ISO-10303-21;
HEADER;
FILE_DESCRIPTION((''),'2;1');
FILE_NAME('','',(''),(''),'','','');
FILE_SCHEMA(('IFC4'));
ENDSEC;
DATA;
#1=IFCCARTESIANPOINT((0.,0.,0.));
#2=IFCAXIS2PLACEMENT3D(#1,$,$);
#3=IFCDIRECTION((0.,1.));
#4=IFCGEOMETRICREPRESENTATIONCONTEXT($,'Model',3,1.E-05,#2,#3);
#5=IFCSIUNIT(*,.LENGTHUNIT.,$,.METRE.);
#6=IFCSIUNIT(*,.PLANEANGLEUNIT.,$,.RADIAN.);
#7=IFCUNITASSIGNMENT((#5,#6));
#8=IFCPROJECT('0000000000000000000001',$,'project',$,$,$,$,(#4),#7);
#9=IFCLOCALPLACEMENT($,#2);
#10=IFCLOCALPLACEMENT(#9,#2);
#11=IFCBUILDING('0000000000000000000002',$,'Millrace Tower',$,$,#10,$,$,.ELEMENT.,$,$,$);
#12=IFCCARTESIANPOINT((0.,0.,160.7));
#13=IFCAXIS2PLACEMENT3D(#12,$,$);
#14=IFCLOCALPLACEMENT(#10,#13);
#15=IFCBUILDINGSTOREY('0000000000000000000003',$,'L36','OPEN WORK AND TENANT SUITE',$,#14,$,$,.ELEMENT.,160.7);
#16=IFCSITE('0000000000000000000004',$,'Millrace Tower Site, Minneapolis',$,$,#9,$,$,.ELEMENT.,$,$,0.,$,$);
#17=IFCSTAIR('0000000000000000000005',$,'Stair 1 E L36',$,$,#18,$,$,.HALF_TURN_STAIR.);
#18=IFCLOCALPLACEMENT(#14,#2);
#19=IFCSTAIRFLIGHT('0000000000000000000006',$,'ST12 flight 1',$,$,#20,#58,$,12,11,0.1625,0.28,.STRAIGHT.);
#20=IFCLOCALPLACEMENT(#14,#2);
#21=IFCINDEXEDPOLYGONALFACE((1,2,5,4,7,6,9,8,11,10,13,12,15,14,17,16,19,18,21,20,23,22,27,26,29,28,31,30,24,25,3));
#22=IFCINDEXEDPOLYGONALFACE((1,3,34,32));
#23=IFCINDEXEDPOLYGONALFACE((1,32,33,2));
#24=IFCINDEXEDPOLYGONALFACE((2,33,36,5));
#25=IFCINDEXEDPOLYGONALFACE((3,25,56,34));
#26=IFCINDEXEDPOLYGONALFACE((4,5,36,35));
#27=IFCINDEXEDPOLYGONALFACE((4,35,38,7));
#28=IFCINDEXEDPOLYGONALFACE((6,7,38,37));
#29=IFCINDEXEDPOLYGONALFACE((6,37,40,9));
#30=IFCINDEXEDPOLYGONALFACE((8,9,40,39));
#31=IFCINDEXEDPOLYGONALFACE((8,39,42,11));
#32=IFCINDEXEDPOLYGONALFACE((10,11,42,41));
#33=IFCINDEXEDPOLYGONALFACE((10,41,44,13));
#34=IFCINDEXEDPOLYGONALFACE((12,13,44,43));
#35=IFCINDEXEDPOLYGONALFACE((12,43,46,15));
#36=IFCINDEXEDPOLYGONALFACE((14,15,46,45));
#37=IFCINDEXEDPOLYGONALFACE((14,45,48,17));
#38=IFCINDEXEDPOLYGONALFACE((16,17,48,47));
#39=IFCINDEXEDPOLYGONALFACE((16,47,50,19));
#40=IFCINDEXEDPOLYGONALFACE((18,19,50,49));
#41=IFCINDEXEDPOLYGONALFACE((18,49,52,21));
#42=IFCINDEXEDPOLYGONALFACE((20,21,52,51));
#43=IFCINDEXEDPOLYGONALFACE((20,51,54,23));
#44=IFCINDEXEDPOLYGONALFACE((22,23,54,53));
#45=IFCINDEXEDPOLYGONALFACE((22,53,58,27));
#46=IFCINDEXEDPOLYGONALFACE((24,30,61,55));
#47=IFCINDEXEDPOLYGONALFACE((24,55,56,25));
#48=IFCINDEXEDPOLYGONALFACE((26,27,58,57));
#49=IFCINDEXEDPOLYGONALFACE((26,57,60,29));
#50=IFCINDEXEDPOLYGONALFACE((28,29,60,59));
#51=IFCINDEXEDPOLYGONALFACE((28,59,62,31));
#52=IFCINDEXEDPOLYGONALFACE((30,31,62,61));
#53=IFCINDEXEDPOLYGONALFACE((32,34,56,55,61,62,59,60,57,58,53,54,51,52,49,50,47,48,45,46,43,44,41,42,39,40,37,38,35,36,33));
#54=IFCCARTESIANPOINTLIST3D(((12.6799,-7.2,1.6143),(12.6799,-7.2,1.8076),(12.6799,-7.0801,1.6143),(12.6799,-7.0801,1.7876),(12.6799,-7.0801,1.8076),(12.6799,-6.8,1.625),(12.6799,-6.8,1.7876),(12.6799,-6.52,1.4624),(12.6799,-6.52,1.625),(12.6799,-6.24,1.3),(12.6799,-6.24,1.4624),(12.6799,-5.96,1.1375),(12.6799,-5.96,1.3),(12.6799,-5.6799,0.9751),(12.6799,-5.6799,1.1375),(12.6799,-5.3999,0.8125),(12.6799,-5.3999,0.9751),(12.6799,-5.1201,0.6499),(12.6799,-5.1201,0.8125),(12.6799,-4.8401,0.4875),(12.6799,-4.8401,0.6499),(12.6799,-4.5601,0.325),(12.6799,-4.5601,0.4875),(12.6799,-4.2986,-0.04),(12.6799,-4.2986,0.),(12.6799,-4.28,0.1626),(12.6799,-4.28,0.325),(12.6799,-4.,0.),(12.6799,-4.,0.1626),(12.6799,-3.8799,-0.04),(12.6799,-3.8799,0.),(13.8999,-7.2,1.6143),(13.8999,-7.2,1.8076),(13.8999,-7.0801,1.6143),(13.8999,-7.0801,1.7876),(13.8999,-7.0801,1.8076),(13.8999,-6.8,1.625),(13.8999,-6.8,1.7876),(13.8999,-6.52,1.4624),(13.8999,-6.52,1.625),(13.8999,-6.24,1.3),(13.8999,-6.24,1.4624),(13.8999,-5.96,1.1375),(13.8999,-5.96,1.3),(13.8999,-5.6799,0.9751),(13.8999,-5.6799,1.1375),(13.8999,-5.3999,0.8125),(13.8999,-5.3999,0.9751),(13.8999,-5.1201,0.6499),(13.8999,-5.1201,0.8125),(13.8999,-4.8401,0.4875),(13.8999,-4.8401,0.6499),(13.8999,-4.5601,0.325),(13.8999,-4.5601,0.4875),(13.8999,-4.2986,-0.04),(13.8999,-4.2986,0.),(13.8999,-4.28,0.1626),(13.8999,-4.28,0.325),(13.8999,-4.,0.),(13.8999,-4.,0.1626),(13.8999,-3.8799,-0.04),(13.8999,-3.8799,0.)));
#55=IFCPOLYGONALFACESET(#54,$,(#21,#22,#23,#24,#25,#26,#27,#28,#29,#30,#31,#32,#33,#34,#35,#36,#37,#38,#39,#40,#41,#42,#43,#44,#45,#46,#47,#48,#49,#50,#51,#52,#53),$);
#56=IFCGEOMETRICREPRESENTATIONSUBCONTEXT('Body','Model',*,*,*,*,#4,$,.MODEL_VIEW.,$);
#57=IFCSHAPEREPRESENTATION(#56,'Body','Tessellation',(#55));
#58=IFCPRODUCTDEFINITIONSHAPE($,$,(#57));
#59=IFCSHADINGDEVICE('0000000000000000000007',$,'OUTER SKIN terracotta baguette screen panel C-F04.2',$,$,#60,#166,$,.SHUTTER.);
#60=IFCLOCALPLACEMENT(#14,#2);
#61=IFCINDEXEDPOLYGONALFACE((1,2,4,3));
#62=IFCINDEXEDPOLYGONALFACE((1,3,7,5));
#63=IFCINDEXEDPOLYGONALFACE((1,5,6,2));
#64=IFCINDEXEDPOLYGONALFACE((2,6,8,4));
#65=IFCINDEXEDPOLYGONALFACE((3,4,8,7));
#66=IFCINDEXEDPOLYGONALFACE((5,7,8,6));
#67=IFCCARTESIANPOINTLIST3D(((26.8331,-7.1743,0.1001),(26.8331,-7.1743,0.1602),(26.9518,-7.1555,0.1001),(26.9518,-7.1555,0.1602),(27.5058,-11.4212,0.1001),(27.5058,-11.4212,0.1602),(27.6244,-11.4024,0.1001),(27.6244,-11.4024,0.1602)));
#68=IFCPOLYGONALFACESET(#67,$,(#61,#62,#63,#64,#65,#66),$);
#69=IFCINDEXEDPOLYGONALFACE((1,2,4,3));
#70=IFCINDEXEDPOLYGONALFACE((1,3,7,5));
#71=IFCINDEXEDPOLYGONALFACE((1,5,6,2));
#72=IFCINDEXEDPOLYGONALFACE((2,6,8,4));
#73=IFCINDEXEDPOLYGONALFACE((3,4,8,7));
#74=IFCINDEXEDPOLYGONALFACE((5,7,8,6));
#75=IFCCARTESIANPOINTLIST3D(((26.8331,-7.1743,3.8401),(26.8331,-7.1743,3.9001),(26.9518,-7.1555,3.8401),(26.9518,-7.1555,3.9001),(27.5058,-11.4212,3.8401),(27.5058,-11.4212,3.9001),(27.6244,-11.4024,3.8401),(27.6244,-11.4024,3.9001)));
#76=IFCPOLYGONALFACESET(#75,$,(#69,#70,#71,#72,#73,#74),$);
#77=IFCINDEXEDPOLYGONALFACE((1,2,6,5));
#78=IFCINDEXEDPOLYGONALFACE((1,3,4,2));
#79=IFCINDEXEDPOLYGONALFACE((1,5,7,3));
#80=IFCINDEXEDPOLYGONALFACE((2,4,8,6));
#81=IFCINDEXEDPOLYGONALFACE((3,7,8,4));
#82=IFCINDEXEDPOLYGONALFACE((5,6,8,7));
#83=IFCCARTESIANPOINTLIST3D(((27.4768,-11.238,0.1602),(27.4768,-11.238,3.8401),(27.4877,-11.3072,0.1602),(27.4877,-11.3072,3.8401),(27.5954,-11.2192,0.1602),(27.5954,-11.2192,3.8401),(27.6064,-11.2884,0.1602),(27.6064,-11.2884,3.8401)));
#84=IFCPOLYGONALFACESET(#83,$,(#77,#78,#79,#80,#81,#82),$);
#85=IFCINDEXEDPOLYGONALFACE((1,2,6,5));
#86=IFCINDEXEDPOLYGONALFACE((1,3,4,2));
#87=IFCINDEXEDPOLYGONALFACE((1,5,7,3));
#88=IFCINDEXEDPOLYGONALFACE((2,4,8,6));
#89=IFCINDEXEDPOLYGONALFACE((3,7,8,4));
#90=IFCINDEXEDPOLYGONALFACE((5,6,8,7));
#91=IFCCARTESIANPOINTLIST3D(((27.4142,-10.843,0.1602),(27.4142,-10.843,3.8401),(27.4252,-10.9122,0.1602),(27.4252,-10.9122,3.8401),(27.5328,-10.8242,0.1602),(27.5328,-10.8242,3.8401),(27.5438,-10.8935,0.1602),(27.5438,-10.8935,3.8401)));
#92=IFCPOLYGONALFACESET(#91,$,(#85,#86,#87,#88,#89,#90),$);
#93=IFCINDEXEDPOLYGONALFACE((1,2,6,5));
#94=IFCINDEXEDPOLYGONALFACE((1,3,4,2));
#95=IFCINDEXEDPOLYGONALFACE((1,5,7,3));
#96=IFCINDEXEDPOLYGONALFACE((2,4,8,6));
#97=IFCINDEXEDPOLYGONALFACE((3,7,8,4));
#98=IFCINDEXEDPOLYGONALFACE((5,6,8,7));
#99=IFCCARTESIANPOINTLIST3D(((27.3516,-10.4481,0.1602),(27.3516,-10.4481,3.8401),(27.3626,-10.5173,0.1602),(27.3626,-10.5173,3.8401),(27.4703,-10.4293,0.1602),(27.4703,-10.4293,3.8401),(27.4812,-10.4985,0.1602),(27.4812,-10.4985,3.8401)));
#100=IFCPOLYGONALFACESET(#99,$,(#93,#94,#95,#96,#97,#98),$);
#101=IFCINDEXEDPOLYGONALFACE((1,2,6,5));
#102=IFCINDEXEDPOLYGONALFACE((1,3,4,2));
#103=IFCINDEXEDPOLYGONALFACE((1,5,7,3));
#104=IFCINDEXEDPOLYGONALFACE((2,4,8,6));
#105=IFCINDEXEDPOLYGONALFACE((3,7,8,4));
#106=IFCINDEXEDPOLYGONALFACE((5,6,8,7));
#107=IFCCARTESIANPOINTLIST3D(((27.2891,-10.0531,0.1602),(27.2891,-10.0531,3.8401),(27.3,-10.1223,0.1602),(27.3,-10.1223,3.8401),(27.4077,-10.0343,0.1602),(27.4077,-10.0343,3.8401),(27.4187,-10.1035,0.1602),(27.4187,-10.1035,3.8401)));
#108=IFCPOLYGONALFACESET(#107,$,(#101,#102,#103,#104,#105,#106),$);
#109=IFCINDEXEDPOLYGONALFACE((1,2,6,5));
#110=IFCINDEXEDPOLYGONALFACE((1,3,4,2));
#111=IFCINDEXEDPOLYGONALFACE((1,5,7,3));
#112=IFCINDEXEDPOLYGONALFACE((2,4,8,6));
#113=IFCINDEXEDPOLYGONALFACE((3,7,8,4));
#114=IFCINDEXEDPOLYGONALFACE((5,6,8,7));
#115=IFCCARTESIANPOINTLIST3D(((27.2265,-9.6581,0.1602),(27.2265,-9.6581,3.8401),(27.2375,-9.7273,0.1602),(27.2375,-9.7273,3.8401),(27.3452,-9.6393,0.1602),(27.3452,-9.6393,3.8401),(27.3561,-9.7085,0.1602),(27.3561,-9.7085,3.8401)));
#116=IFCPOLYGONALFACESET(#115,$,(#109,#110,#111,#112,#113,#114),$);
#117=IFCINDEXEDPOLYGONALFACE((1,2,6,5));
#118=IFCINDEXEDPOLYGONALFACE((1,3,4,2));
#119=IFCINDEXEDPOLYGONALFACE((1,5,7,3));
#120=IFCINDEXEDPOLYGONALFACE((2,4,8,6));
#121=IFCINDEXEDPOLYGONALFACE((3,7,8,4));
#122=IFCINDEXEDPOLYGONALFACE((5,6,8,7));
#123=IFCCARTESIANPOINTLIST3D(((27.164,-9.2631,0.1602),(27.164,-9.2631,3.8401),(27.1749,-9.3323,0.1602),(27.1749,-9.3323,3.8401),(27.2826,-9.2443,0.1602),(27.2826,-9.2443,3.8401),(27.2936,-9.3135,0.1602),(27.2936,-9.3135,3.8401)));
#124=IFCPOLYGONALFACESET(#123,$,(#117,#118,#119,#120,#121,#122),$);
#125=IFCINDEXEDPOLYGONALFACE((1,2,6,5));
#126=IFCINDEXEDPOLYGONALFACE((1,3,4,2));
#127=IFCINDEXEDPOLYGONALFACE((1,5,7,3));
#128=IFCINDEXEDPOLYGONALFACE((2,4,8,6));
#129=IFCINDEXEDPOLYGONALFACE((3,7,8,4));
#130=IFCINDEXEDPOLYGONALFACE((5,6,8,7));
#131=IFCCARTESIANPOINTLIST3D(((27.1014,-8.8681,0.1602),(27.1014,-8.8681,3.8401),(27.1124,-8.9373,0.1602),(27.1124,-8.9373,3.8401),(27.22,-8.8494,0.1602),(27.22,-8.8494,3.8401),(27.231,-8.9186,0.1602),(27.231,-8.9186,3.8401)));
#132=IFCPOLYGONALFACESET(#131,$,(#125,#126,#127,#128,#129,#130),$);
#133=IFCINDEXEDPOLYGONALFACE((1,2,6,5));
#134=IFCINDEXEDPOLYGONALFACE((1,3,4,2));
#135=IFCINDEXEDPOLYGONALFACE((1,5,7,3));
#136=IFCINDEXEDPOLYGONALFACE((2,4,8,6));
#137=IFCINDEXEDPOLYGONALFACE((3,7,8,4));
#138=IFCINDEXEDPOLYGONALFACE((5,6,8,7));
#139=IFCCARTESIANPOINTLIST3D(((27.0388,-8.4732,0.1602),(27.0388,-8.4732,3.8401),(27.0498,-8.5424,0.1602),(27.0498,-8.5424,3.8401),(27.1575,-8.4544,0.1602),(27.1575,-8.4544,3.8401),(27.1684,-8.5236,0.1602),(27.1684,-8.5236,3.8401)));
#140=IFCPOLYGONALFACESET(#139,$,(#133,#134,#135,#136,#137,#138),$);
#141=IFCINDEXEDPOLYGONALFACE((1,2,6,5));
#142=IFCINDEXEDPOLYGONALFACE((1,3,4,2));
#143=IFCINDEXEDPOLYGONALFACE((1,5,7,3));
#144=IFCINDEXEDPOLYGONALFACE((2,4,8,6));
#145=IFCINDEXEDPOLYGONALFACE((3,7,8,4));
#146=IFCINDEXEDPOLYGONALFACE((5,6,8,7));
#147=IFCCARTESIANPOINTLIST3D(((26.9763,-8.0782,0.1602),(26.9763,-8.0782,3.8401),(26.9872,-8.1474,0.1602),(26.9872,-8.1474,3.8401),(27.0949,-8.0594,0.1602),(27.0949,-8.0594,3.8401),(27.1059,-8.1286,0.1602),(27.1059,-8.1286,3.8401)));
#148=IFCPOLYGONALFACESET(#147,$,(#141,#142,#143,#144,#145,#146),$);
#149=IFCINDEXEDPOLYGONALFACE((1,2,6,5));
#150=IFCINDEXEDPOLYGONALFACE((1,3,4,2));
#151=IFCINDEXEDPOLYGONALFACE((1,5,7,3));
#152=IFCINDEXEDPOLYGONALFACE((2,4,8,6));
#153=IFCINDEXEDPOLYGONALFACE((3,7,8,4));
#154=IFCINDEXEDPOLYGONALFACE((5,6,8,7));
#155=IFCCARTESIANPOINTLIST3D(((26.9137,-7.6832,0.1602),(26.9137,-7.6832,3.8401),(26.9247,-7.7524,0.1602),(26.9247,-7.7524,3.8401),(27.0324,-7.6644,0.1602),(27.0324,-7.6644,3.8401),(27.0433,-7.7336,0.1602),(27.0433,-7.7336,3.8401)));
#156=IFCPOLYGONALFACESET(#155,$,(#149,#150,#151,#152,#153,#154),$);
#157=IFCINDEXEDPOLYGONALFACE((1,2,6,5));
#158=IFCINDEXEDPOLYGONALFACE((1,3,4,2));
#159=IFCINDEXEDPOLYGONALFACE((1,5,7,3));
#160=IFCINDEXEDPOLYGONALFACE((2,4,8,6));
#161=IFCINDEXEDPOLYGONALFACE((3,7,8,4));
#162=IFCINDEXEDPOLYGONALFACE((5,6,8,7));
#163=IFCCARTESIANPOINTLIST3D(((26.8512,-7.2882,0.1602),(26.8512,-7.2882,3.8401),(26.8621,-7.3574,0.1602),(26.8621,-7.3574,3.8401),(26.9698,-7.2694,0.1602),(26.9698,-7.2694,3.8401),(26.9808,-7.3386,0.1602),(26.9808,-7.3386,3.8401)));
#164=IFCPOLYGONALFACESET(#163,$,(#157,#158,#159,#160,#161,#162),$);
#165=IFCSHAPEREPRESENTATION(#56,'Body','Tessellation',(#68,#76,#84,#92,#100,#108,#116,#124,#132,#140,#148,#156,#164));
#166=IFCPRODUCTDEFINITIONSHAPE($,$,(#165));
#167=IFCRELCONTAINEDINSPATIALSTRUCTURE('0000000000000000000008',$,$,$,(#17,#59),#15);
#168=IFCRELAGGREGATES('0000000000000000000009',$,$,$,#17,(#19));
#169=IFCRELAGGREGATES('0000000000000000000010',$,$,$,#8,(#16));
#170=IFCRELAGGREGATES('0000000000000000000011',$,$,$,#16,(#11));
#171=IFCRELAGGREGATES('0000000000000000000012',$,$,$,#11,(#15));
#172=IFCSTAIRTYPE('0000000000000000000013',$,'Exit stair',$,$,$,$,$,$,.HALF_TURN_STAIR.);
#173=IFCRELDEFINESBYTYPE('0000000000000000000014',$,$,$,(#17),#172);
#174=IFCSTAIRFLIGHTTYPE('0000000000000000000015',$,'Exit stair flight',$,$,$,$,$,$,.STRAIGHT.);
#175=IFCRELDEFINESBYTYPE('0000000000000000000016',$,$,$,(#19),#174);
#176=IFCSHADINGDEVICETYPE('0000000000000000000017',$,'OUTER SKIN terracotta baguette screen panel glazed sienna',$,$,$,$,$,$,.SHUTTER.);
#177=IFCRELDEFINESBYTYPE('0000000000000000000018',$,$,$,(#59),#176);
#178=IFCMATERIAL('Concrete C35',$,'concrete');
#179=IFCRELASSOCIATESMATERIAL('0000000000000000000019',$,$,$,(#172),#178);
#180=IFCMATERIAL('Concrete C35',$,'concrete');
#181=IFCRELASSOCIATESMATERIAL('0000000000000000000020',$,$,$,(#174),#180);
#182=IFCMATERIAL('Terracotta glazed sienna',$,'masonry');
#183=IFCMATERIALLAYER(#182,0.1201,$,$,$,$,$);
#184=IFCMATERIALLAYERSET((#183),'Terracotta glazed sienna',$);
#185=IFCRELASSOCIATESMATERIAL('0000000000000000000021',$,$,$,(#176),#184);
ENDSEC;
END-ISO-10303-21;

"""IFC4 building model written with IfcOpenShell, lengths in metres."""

from ifc_helpers import new_model, entity, si_unit, direction, frame, frame_2d, origin, origin_2d, place, context, subcontext, project, spatial, polyline, rectangle, outline, extrude, source, transform, mapped, material, layer, layer_set, type_object, element, aggregate, save


model = new_model("IFC4")

# Units and contexts
model_context = context("Model", 3, precision=1e-05, world=origin(), true_north=direction((0.0, 1.0)))
body_context = subcontext(model_context, "Body", "Model", "MODEL_VIEW")
ifc_project = project(units=[si_unit("LENGTHUNIT", "METRE"), si_unit("PLANEANGLEUNIT", "RADIAN")], contexts=[model_context])

# Site, building, storey
site_placement = place(None, origin())
site = spatial("IfcSite", under=ifc_project, at=site_placement, Name="Millrace Tower Site, Minneapolis", CompositionType="ELEMENT", RefElevation=0.0)
building_placement = place(site_placement, origin())
building = spatial("IfcBuilding", under=site, at=building_placement, Name="Millrace Tower", CompositionType="ELEMENT")
storey_placement = place(building_placement, frame((0.0, 0.0, 160.7)))
storey = spatial("IfcBuildingStorey", under=building, at=storey_placement, Name="L36", Description="OPEN WORK AND TENANT SUITE", CompositionType="ELEMENT", Elevation=160.7)

# Shared definitions
placement = place(storey_placement, origin())

# Stair, stair flight
ifc_material_1 = material(Name="Concrete C35", Category="concrete")
stair_type = type_object("IfcStairType", Name="Exit stair", PredefinedType="HALF_TURN_STAIR", material=ifc_material_1)
stair = element("IfcStair", 1, at=placement, inside=storey, type_object=stair_type, Name="Stair 1 E L36", PredefinedType="HALF_TURN_STAIR")
ifc_material_2 = material(Name="Concrete C35", Category="concrete")
stair_flight_type = type_object("IfcStairFlightType", Name="Exit stair flight", PredefinedType="STRAIGHT", material=ifc_material_2)
stair_flight_placement = place(storey_placement, frame((13.29, -4.0, 0.0), z_axis=(0.0, 0.0, 1.0), x_axis=(0.0, -1.0, 0.0)))
stair_flight = element("IfcStairFlight", 2, at=stair_flight_placement, type_object=stair_flight_type, Name="ST12 flight 1", NumberOfRisers=12, NumberOfTreads=11, PredefinedType="STRAIGHT", RiserHeight=0.1625, TreadLength=0.28, context=body_context, shape_type="SweptSolid", body=[
    extrude(outline(polyline([(-0.1201, -0.04), (-0.1201, 0.0), (0.0, 0.0), (0.0, 0.1626), (0.28, 0.1626), (0.28, 0.325), (0.5601, 0.325), (0.5601, 0.4875), (0.8401, 0.4875), (0.8401, 0.6499), (1.1201, 0.6499), (1.1201, 0.8125), (1.3999, 0.8125), (1.3999, 0.9751), (1.6799, 0.9751), (1.6799, 1.1375), (1.96, 1.1375), (1.96, 1.3), (2.24, 1.3), (2.24, 1.4624), (2.52, 1.4624), (2.52, 1.625), (2.8, 1.625), (2.8, 1.7876), (3.0801, 1.7876), (3.0801, 1.8076), (3.2, 1.8076), (3.2, 1.6143), (3.0801, 1.6143), (0.2986, 0.0), (0.2986, -0.04), (-0.1201, -0.04)])), frame((0.0, 0.6099, 0.0), z_axis=(0.0, -1.0, 0.0), x_axis=(1.0, 0.0, 0.0)), (0.0, 0.0, 1.0), 1.22),
])
aggregate(stair, [stair_flight])

# Shading device
ifc_material_3 = material(Name="Terracotta glazed sienna", Category="masonry")
ifc_layer_1 = layer(ifc_material_3, 0.1201)
ifc_layer_set_1 = layer_set([ifc_layer_1], Name="Terracotta glazed sienna")
shading_device_type = type_object("IfcShadingDeviceType", Name="OUTER SKIN terracotta baguette screen panel glazed sienna", PredefinedType="SHUTTER", material=ifc_layer_set_1)
cartesian_point = entity("IfcCartesianPoint", [-2.1499, 0.0601])
shared_polyline = entity("IfcPolyline", [cartesian_point, entity("IfcCartesianPoint", [2.1499, 0.0601]), entity("IfcCartesianPoint", [2.1499, -0.0601]), entity("IfcCartesianPoint", [-2.1499, -0.0601]), cartesian_point])
shared_shape = source(origin(), body_context, "Body", "SweptSolid", [
    entity("IfcExtrudedAreaSolid", entity("IfcArbitraryClosedProfileDef", "AREA", None, shared_polyline), entity("IfcAxis2Placement3D", entity("IfcCartesianPoint", [0.0, 0.0, 0.0])), entity("IfcDirection", [0.0, 0.0, 1.0]), 0.0601),
    entity("IfcExtrudedAreaSolid", entity("IfcArbitraryClosedProfileDef", "AREA", None, shared_polyline), entity("IfcAxis2Placement3D", entity("IfcCartesianPoint", [0.0, 0.0, 3.74])), entity("IfcDirection", [0.0, 0.0, 1.0]), 0.0601),
    extrude(rectangle(XDim=0.0701, YDim=0.1201, at=frame_2d((-1.9995, 0.0))), frame((0.0, 0.0, 0.0601)), (0.0, 0.0, 1.0), 3.6799),
    extrude(rectangle(XDim=0.0701, YDim=0.1201, at=frame_2d((-1.5996, 0.0))), frame((0.0, 0.0, 0.0601)), (0.0, 0.0, 1.0), 3.6799),
    extrude(rectangle(XDim=0.0701, YDim=0.1201, at=frame_2d((-1.1997, 0.0))), frame((0.0, 0.0, 0.0601)), (0.0, 0.0, 1.0), 3.6799),
    extrude(rectangle(XDim=0.0701, YDim=0.1201, at=frame_2d((-0.7998, 0.0))), frame((0.0, 0.0, 0.0601)), (0.0, 0.0, 1.0), 3.6799),
    extrude(rectangle(XDim=0.0701, YDim=0.1201, at=frame_2d((-0.3999, 0.0))), frame((0.0, 0.0, 0.0601)), (0.0, 0.0, 1.0), 3.6799),
    extrude(rectangle(XDim=0.0701, YDim=0.1201, at=origin_2d()), frame((0.0, 0.0, 0.0601)), (0.0, 0.0, 1.0), 3.6799),
    extrude(rectangle(XDim=0.0701, YDim=0.1201, at=frame_2d((0.3999, 0.0))), frame((0.0, 0.0, 0.0601)), (0.0, 0.0, 1.0), 3.6799),
    extrude(rectangle(XDim=0.0701, YDim=0.1201, at=frame_2d((0.7998, 0.0))), frame((0.0, 0.0, 0.0601)), (0.0, 0.0, 1.0), 3.6799),
    extrude(rectangle(XDim=0.0701, YDim=0.1201, at=frame_2d((1.1997, 0.0))), frame((0.0, 0.0, 0.0601)), (0.0, 0.0, 1.0), 3.6799),
    extrude(rectangle(XDim=0.0701, YDim=0.1201, at=frame_2d((1.5996, 0.0))), frame((0.0, 0.0, 0.0601)), (0.0, 0.0, 1.0), 3.6799),
    extrude(rectangle(XDim=0.0701, YDim=0.1201, at=frame_2d((1.9995, 0.0))), frame((0.0, 0.0, 0.0601)), (0.0, 0.0, 1.0), 3.6799),
])
for number, where, z_axis, x_axis, name in (
    (3, (27.2288, -9.2883, 0.1001), (0.0, 0.0, 1.0), (-0.156434, 0.987688, 0.0), "OUTER SKIN terracotta baguette screen panel C-F04.2"),
):
    element("IfcShadingDevice", number, at=place(storey_placement, frame(where, z_axis=z_axis, x_axis=x_axis)), inside=storey, type_object=shading_device_type, Name=name, PredefinedType="SHUTTER", context=body_context, shape_type="MappedRepresentation", body=[
        mapped(shared_shape, transform((0.0, 0.0, 0.0), scale=1.0)),
    ])

save(model, "model.ifc")
